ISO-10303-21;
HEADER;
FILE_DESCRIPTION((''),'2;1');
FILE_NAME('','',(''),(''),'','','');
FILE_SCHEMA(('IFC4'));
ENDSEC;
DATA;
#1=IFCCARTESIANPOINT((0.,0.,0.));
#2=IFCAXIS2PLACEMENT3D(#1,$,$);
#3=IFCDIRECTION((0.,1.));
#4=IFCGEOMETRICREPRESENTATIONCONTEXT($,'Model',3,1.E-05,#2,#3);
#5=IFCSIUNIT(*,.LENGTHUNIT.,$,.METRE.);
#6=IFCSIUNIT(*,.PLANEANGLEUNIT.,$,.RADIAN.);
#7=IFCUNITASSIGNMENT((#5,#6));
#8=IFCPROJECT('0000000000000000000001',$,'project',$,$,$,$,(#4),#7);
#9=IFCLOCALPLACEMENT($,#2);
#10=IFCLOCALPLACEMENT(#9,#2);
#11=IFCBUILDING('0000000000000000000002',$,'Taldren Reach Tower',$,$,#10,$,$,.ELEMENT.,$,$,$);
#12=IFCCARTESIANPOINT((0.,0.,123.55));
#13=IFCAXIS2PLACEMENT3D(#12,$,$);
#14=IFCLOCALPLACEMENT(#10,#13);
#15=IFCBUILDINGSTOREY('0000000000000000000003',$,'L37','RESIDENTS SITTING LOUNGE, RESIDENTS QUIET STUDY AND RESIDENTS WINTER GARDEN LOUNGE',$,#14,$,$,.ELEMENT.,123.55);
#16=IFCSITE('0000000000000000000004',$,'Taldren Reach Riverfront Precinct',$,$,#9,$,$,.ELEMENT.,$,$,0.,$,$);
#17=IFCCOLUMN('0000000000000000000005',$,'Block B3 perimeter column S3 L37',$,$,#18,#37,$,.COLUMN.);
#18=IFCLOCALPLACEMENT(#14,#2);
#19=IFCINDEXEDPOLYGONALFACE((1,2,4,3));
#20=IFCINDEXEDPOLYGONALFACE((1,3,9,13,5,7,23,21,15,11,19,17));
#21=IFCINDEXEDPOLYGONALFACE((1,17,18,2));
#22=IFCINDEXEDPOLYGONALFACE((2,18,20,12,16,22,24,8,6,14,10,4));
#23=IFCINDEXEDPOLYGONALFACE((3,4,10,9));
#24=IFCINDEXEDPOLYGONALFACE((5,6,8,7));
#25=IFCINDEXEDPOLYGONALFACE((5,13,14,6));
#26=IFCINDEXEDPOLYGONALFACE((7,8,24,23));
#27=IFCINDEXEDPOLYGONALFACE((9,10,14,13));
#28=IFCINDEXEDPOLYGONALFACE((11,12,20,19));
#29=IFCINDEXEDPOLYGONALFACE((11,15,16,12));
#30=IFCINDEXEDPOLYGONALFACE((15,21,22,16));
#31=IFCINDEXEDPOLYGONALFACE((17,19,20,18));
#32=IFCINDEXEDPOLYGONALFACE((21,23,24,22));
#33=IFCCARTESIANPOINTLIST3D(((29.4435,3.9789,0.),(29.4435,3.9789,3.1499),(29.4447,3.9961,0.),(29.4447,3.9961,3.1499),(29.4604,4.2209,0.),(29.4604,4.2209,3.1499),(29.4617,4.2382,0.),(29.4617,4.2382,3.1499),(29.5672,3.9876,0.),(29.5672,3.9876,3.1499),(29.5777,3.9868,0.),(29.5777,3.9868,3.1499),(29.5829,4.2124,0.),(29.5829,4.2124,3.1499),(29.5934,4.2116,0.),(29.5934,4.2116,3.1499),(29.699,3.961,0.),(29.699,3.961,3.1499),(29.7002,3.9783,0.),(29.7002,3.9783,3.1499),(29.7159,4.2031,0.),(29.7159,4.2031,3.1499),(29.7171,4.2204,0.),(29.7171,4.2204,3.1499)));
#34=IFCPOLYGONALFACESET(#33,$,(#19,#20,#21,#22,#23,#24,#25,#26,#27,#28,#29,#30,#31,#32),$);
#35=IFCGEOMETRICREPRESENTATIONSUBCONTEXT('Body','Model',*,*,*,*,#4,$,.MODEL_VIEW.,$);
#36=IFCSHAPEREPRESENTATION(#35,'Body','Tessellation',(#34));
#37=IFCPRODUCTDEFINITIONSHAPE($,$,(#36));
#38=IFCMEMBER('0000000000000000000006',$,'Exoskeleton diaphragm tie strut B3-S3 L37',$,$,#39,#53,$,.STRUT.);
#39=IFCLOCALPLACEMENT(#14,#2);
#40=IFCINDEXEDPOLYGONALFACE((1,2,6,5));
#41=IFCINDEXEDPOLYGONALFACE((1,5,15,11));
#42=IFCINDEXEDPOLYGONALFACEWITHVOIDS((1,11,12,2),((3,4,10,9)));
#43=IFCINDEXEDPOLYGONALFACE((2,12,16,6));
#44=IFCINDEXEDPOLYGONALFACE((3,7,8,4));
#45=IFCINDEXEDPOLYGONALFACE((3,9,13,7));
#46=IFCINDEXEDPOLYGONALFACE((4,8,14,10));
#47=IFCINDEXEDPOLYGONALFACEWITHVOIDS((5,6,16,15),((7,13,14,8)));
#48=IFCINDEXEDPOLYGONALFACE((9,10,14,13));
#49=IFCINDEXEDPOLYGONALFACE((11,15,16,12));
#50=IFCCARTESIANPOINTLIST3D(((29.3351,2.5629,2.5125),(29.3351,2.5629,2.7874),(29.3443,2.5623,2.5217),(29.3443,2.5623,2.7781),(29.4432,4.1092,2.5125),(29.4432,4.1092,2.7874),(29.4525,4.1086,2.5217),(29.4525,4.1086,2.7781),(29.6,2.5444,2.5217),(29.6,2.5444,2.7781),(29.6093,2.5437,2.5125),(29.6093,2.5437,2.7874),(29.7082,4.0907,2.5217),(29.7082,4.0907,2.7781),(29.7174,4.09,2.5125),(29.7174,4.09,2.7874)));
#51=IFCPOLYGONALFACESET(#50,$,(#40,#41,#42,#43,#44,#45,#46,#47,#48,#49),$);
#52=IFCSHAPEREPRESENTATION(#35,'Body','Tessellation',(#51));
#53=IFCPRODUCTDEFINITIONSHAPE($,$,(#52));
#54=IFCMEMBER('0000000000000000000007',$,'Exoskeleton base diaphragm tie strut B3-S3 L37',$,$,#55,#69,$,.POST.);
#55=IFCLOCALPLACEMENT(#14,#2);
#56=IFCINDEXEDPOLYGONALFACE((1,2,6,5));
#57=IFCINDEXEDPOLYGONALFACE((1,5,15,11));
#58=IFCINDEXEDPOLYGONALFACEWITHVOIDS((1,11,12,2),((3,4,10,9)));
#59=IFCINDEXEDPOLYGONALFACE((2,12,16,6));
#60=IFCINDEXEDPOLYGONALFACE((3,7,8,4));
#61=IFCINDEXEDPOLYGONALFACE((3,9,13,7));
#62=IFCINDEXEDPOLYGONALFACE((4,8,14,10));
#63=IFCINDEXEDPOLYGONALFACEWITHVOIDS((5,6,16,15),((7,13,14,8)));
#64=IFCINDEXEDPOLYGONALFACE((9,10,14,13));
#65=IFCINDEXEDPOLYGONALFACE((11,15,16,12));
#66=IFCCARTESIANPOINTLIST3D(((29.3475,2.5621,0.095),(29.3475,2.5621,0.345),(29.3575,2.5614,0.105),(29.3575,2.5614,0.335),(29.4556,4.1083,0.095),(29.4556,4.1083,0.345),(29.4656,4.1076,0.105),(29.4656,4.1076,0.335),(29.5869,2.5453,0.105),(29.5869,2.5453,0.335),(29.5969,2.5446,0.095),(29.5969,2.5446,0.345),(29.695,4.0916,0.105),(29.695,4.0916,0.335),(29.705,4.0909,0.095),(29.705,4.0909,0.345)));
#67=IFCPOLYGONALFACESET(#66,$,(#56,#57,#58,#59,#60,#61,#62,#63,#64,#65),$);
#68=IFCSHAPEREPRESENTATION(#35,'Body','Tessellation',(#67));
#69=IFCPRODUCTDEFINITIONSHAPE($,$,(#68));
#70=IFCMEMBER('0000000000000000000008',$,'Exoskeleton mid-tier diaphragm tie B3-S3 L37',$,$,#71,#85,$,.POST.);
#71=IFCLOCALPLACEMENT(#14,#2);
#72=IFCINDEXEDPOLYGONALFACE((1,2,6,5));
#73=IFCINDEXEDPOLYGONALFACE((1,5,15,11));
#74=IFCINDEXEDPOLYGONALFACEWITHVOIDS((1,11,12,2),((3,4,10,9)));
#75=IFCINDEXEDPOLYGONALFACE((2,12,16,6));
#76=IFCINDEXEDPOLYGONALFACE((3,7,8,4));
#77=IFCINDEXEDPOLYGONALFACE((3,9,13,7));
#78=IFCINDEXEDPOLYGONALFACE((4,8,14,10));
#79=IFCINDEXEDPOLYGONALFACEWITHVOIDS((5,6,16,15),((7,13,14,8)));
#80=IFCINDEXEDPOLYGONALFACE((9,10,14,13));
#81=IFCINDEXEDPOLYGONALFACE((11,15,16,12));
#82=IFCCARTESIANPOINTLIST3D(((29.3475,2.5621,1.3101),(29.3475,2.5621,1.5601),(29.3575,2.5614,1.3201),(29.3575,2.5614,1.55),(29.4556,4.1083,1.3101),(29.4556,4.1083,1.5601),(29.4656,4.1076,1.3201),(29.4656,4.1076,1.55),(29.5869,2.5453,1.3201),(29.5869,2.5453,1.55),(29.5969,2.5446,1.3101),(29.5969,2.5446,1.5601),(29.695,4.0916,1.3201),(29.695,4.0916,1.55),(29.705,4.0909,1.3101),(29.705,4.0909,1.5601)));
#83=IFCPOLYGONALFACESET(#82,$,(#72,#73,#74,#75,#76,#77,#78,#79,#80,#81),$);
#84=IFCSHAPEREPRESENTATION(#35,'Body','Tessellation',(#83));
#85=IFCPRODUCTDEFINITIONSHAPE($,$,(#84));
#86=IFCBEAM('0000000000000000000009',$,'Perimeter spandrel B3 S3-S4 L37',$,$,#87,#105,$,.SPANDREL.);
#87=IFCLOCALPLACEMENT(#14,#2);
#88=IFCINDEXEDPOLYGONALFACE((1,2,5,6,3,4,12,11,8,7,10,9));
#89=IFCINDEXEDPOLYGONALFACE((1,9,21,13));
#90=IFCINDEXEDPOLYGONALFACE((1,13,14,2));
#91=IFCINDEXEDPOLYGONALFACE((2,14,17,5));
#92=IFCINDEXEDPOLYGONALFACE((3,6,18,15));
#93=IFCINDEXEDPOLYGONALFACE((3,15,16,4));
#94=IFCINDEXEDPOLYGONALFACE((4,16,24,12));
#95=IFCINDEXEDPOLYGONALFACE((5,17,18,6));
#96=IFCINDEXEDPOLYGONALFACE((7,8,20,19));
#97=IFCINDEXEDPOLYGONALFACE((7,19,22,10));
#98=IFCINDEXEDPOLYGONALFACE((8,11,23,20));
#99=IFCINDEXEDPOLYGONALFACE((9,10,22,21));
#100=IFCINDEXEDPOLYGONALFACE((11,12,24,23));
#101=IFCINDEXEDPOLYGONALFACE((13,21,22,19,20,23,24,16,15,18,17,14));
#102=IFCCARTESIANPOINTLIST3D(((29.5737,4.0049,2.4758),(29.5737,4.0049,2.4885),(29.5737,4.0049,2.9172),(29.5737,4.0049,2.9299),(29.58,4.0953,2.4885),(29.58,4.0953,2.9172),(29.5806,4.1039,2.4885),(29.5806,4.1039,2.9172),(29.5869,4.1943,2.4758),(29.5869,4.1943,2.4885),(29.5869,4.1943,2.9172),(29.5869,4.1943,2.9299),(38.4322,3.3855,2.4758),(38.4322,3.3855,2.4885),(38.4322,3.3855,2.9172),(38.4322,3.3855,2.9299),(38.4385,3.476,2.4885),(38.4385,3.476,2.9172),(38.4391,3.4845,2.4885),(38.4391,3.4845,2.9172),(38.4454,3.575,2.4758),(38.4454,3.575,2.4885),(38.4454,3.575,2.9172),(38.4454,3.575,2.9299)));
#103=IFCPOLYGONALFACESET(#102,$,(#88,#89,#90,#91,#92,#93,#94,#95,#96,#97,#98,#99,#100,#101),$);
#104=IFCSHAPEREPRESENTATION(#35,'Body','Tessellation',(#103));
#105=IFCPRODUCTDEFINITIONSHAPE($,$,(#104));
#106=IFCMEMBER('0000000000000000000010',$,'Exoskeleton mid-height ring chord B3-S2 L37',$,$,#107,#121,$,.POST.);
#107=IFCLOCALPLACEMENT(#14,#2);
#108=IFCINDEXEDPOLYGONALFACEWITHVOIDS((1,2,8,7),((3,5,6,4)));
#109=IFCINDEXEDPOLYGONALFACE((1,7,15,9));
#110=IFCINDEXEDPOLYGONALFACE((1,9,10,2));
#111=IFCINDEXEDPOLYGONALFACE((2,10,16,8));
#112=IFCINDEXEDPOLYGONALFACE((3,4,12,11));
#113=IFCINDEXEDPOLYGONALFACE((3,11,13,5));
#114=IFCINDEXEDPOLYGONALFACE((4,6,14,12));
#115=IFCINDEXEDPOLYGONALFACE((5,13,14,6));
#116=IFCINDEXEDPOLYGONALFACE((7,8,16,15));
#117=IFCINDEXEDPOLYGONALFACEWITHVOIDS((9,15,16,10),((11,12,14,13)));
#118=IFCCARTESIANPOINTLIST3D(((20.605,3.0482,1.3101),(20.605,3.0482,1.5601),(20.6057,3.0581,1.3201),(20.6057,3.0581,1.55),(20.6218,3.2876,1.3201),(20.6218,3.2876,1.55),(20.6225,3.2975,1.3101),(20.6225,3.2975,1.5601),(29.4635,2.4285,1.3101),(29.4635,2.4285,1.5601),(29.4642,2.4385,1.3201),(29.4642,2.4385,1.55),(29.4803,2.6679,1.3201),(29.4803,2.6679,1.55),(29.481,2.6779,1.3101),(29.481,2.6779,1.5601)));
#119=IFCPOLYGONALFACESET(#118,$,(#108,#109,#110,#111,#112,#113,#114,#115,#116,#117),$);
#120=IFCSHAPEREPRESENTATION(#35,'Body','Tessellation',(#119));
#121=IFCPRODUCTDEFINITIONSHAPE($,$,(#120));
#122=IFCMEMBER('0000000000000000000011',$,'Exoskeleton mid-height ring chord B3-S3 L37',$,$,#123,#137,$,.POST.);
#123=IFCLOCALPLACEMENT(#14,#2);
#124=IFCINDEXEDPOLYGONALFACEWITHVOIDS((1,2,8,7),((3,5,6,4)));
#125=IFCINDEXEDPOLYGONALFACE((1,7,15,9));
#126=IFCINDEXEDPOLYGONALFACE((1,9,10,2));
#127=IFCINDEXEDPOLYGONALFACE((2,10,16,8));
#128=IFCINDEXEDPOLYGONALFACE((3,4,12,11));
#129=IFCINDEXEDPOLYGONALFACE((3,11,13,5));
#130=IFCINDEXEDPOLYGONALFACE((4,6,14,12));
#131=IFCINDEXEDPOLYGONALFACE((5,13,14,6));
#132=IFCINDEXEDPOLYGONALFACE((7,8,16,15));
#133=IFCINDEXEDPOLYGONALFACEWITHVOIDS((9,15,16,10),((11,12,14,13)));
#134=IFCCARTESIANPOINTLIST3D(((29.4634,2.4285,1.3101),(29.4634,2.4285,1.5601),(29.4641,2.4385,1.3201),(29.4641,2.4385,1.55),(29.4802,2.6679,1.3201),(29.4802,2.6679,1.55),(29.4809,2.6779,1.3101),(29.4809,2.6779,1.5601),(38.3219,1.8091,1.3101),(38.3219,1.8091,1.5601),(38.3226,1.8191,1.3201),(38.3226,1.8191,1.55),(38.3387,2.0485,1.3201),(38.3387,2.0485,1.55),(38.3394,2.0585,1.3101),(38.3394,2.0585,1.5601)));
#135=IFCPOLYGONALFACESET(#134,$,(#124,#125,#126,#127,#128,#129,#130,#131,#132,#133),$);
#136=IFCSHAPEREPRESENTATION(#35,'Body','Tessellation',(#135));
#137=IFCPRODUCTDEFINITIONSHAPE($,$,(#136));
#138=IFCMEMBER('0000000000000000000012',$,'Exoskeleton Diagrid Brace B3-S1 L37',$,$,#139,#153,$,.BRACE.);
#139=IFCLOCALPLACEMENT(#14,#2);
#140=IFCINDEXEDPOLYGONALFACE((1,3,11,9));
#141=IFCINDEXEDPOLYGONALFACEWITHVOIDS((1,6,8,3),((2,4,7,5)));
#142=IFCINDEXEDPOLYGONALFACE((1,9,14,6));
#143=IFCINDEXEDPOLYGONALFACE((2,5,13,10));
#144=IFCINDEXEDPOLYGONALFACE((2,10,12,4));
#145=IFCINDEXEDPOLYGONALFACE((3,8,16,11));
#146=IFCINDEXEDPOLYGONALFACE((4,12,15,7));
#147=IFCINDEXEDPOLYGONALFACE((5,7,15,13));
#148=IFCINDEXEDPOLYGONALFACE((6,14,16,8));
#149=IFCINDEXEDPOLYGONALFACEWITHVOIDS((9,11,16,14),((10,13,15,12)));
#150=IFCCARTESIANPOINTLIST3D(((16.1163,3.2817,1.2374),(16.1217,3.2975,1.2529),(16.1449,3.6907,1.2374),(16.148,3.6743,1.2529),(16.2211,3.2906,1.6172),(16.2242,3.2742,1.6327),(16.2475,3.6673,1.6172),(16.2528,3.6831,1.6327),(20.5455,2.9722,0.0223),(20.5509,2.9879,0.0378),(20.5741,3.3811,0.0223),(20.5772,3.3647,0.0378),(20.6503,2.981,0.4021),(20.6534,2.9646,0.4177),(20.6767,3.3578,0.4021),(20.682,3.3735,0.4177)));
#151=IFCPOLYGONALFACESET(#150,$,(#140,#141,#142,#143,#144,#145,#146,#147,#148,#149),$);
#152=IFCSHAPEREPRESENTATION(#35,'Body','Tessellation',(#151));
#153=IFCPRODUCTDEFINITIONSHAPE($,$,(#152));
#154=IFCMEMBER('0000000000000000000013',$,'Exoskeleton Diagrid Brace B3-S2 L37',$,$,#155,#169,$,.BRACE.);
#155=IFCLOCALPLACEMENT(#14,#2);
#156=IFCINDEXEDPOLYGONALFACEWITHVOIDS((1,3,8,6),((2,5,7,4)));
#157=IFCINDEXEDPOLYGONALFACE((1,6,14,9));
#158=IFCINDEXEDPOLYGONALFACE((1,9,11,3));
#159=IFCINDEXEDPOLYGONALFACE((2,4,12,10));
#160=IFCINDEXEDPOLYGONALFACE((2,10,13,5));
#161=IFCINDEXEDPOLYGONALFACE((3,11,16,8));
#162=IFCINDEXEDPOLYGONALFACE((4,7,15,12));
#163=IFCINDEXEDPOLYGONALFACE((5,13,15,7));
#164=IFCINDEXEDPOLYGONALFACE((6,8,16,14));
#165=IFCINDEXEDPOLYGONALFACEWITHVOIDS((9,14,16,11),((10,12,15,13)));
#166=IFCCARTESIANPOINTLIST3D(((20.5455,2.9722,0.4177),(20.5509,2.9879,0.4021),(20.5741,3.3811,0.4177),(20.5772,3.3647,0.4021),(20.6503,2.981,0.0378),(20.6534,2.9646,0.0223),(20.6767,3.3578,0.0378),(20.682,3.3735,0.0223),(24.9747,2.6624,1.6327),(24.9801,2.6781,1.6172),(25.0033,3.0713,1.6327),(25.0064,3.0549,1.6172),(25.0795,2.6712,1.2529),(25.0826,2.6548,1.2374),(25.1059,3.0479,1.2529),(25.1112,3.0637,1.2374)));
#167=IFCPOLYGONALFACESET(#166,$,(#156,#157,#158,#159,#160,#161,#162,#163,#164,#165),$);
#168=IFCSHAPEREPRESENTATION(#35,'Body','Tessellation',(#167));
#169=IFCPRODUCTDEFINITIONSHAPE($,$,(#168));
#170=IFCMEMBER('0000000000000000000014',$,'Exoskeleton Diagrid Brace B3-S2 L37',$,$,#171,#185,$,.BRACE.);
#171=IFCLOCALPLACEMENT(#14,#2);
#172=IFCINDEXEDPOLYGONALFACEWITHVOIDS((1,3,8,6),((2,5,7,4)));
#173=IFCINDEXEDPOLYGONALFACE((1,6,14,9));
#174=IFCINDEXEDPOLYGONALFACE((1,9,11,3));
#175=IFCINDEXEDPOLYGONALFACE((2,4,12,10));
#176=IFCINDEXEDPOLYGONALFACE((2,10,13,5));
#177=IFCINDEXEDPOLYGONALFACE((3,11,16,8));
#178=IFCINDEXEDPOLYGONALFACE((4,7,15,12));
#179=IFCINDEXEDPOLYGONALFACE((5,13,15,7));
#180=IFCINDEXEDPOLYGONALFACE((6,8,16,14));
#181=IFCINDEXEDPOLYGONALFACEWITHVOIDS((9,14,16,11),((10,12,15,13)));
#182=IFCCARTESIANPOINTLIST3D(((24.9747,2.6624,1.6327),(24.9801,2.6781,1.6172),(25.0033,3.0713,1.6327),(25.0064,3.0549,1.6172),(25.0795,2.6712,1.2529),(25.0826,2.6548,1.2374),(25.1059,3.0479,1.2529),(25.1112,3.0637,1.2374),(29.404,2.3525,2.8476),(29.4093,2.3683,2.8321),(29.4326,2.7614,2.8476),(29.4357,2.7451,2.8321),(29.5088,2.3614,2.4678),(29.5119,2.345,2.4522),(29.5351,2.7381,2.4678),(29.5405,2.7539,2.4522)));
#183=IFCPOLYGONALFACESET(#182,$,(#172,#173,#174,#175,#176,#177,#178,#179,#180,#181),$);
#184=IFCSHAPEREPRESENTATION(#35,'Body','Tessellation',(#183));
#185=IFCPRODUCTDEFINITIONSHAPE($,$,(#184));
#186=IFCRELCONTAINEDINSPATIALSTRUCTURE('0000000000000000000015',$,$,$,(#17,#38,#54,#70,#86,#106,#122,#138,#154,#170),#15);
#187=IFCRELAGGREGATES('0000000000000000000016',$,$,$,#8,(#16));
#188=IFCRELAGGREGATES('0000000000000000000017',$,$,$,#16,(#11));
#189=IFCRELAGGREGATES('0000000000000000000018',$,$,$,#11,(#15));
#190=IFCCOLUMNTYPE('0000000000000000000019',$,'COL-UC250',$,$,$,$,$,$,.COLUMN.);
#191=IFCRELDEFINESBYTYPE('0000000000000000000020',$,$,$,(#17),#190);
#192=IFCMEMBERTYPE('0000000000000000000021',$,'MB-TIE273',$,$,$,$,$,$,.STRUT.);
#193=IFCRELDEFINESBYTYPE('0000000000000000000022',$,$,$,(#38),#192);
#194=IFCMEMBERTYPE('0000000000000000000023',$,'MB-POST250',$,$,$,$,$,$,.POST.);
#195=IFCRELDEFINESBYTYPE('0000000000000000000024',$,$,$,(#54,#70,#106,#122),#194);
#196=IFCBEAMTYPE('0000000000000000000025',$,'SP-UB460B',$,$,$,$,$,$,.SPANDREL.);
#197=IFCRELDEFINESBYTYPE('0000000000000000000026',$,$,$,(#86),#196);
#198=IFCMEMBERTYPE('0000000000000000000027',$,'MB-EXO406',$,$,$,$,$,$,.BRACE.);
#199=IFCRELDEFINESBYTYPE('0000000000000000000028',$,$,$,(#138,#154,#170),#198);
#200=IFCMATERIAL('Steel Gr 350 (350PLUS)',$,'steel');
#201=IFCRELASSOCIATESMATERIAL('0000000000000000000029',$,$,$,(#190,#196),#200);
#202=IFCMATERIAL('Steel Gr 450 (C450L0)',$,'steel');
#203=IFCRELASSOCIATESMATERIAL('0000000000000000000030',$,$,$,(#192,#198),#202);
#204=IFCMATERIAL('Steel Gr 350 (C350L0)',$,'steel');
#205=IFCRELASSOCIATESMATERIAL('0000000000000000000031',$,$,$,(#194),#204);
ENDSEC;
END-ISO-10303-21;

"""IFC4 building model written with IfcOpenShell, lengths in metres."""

from ifc_helpers import new_model, si_unit, direction, frame, origin, origin_2d, place, context, subcontext, project, spatial, hollow_rectangle, i_section, extrude, source, transform, mapped, material, material_profile, profile_set, type_object, element, save


model = new_model("IFC4")

# Units and contexts
model_context = context("Model", 3, precision=1e-05, world=origin(), true_north=direction((0.0, 1.0)))
body_context = subcontext(model_context, "Body", "Model", "MODEL_VIEW")
ifc_project = project(units=[si_unit("LENGTHUNIT", "METRE"), si_unit("PLANEANGLEUNIT", "RADIAN")], contexts=[model_context])

# Site, building, storey
site_placement = place(None, origin())
site = spatial("IfcSite", under=ifc_project, at=site_placement, Name="Taldren Reach Riverfront Precinct", CompositionType="ELEMENT", RefElevation=0.0)
building_placement = place(site_placement, origin())
building = spatial("IfcBuilding", under=site, at=building_placement, Name="Taldren Reach Tower", CompositionType="ELEMENT")
storey_placement = place(building_placement, frame((0.0, 0.0, 123.55)))
storey = spatial("IfcBuildingStorey", under=building, at=storey_placement, Name="L37", Description="RESIDENTS SITTING LOUNGE, RESIDENTS QUIET STUDY AND RESIDENTS WINTER GARDEN LOUNGE", CompositionType="ELEMENT", Elevation=123.55)

# Column
ifc_material_1 = material(Name="Steel Gr 350 (350PLUS)", Category="steel")
ifc_material_profile_1 = material_profile(ifc_material_1, i_section(OverallWidth=0.2561, OverallDepth=0.26, WebThickness=0.0105, FlangeThickness=0.0173, at=origin_2d()), Name="250UC89.5")
ifc_profile_set_1 = profile_set([ifc_material_profile_1], Name="Steel Gr 350 (350PLUS)")
column_type = type_object("IfcColumnType", Name="COL-UC250", PredefinedType="COLUMN", material=ifc_profile_set_1)
shared_shape_1 = source(origin(), body_context, "Body", "SweptSolid", [
    extrude(i_section(OverallWidth=0.2561, OverallDepth=0.26, WebThickness=0.0105, FlangeThickness=0.0173, at=origin_2d()), origin(), (0.0, 0.0, 1.0), 3.1499),
])
column_placement = place(storey_placement, frame((29.5803, 4.0996, 0.0), z_axis=(0.0, 0.0, 1.0), x_axis=(0.997564, -0.069756, 0.0)))
element("IfcColumn", 1, at=column_placement, inside=storey, type_object=column_type, Name="Block B3 perimeter column S3 L37", PredefinedType="COLUMN", context=body_context, shape_type="MappedRepresentation", body=[
    mapped(shared_shape_1, transform((0.0, 0.0, 0.0), scale=1.0)),
])

# Members
ifc_material_2 = material(Name="Steel Gr 450 (C450L0)", Category="steel")
ifc_material_profile_2 = material_profile(ifc_material_2, hollow_rectangle(XDim=0.2749, YDim=0.2749, WallThickness=0.0093, at=origin_2d()), Name="275x275x9.3SHS")
ifc_profile_set_2 = profile_set([ifc_material_profile_2], Name="Steel Gr 450 (C450L0)")
member_type_1 = type_object("IfcMemberType", Name="MB-TIE273", PredefinedType="STRUT", material=ifc_profile_set_2)
shared_shape_2 = source(origin(), body_context, "Body", "SweptSolid", [
    extrude(hollow_rectangle(XDim=0.2749, YDim=0.2749, WallThickness=0.0093, at=origin_2d()), origin(), (0.0, 0.0, 1.0), 1.55),
])
member_1_placement = place(storey_placement, frame((29.5803, 4.0996, 2.6499), z_axis=(-0.06977, -0.997563, 0.0), x_axis=(0.997563, -0.06977, 0.0)))
element("IfcMember", 2, at=member_1_placement, inside=storey, type_object=member_type_1, Name="Exoskeleton diaphragm tie strut B3-S3 L37", PredefinedType="STRUT", context=body_context, shape_type="MappedRepresentation", body=[
    mapped(shared_shape_2, transform((0.0, 0.0, 0.0), scale=1.0)),
])
ifc_material_3 = material(Name="Steel Gr 350 (C350L0)", Category="steel")
ifc_material_profile_3 = material_profile(ifc_material_3, hollow_rectangle(XDim=0.25, YDim=0.25, WallThickness=0.01, at=origin_2d()), Name="250x250x10.0SHS")
ifc_profile_set_3 = profile_set([ifc_material_profile_3], Name="Steel Gr 350 (C350L0)")
member_type_2 = type_object("IfcMemberType", Name="MB-POST250", PredefinedType="POST", material=ifc_profile_set_3)
shared_shape_3 = source(origin(), body_context, "Body", "SweptSolid", [
    extrude(hollow_rectangle(XDim=0.25, YDim=0.25, WallThickness=0.01, at=origin_2d()), origin(), (0.0, 0.0, 1.0), 1.55),
])
for number, where, z_axis, x_axis, name in (
    (3, (29.5803, 4.0996, 0.22), (-0.06977, -0.997563, 0.0), (0.997563, -0.06977, 0.0), "Exoskeleton base diaphragm tie strut B3-S3 L37"),
    (4, (29.5803, 4.0996, 1.4351), (-0.06977, -0.997563, 0.0), (0.997563, -0.06977, 0.0), "Exoskeleton mid-tier diaphragm tie B3-S3 L37"),
):
    element("IfcMember", number, at=place(storey_placement, frame(where, z_axis=z_axis, x_axis=x_axis)), inside=storey, type_object=member_type_2, Name=name, PredefinedType="POST", context=body_context, shape_type="MappedRepresentation", body=[
        mapped(shared_shape_3, transform((0.0, 0.0, 0.0), scale=1.0)),
    ])

# Beam
ifc_material_profile_4 = material_profile(ifc_material_1, i_section(OverallWidth=0.1899, OverallDepth=0.4541, WebThickness=0.0085, FlangeThickness=0.0127, at=origin_2d()), Name="460UB67.1")
ifc_profile_set_4 = profile_set([ifc_material_profile_4], Name="Steel Gr 350 (350PLUS)")
beam_type = type_object("IfcBeamType", Name="SP-UB460B", PredefinedType="SPANDREL", material=ifc_profile_set_4)
shared_shape_4 = source(origin(), body_context, "Body", "SweptSolid", [
    extrude(i_section(OverallWidth=0.1899, OverallDepth=0.4541, WebThickness=0.0085, FlangeThickness=0.0127, at=origin_2d()), origin(), (0.0, 0.0, 1.0), 8.8801),
])
beam_placement = place(storey_placement, frame((29.5803, 4.0996, 2.7029), z_axis=(0.997564, -0.06975, 0.0), x_axis=(0.06975, 0.997564, 0.0)))
element("IfcBeam", 5, at=beam_placement, inside=storey, type_object=beam_type, Name="Perimeter spandrel B3 S3-S4 L37", PredefinedType="SPANDREL", context=body_context, shape_type="MappedRepresentation", body=[
    mapped(shared_shape_4, transform((0.0, 0.0, 0.0), scale=1.0)),
])

# Members
shared_shape_5 = source(origin(), body_context, "Body", "SweptSolid", [
    extrude(hollow_rectangle(XDim=0.25, YDim=0.25, WallThickness=0.01, at=origin_2d()), origin(), (0.0, 0.0, 1.0), 8.8801),
])
for number, where, z_axis, x_axis, name in (
    (6, (20.6138, 3.1729, 1.4351), (0.997563, -0.069778, 0.0), (0.069778, 0.997563, 0.0), "Exoskeleton mid-height ring chord B3-S2 L37"),
    (7, (29.4722, 2.5532, 1.4351), (0.997564, -0.06975, 0.0), (0.06975, 0.997564, 0.0), "Exoskeleton mid-height ring chord B3-S3 L37"),
):
    element("IfcMember", number, at=place(storey_placement, frame(where, z_axis=z_axis, x_axis=x_axis)), inside=storey, type_object=member_type_2, Name=name, PredefinedType="POST", context=body_context, shape_type="MappedRepresentation", body=[
        mapped(shared_shape_5, transform((0.0, 0.0, 0.0), scale=1.0)),
    ])
ifc_material_profile_5 = material_profile(ifc_material_2, hollow_rectangle(XDim=0.4099, YDim=0.4099, WallThickness=0.0161, at=origin_2d()), Name="410x410x16.0SHS")
ifc_profile_set_5 = profile_set([ifc_material_profile_5], Name="Steel Gr 450 (C450L0)")
member_type_3 = type_object("IfcMemberType", Name="MB-EXO406", PredefinedType="BRACE", material=ifc_profile_set_5)
shared_shape_6 = source(origin(), body_context, "Body", "SweptSolid", [
    extrude(hollow_rectangle(XDim=0.4099, YDim=0.4099, WallThickness=0.0161, at=origin_2d()), origin(), (0.0, 0.0, 1.0), 4.6033),
])
for number, where, z_axis, x_axis, name in (
    (8, (20.6138, 3.1729, 0.22), (-0.962186, 0.06725, 0.263962), (-0.069723, -0.997566, 0.0), "Exoskeleton Diagrid Brace B3-S1 L37"),
    (9, (20.6138, 3.1729, 0.22), (0.962182, -0.067303, 0.263961), (0.069778, 0.997563, 0.0), "Exoskeleton Diagrid Brace B3-S2 L37"),
    (10, (25.043, 2.863, 1.4351), (0.962196, -0.067304, 0.263912), (0.069778, 0.997563, 0.0), "Exoskeleton Diagrid Brace B3-S2 L37"),
):
    element("IfcMember", number, at=place(storey_placement, frame(where, z_axis=z_axis, x_axis=x_axis)), inside=storey, type_object=member_type_3, Name=name, PredefinedType="BRACE", context=body_context, shape_type="MappedRepresentation", body=[
        mapped(shared_shape_6, transform((0.0, 0.0, 0.0), scale=1.0)),
    ])

save(model, "model.ifc")
